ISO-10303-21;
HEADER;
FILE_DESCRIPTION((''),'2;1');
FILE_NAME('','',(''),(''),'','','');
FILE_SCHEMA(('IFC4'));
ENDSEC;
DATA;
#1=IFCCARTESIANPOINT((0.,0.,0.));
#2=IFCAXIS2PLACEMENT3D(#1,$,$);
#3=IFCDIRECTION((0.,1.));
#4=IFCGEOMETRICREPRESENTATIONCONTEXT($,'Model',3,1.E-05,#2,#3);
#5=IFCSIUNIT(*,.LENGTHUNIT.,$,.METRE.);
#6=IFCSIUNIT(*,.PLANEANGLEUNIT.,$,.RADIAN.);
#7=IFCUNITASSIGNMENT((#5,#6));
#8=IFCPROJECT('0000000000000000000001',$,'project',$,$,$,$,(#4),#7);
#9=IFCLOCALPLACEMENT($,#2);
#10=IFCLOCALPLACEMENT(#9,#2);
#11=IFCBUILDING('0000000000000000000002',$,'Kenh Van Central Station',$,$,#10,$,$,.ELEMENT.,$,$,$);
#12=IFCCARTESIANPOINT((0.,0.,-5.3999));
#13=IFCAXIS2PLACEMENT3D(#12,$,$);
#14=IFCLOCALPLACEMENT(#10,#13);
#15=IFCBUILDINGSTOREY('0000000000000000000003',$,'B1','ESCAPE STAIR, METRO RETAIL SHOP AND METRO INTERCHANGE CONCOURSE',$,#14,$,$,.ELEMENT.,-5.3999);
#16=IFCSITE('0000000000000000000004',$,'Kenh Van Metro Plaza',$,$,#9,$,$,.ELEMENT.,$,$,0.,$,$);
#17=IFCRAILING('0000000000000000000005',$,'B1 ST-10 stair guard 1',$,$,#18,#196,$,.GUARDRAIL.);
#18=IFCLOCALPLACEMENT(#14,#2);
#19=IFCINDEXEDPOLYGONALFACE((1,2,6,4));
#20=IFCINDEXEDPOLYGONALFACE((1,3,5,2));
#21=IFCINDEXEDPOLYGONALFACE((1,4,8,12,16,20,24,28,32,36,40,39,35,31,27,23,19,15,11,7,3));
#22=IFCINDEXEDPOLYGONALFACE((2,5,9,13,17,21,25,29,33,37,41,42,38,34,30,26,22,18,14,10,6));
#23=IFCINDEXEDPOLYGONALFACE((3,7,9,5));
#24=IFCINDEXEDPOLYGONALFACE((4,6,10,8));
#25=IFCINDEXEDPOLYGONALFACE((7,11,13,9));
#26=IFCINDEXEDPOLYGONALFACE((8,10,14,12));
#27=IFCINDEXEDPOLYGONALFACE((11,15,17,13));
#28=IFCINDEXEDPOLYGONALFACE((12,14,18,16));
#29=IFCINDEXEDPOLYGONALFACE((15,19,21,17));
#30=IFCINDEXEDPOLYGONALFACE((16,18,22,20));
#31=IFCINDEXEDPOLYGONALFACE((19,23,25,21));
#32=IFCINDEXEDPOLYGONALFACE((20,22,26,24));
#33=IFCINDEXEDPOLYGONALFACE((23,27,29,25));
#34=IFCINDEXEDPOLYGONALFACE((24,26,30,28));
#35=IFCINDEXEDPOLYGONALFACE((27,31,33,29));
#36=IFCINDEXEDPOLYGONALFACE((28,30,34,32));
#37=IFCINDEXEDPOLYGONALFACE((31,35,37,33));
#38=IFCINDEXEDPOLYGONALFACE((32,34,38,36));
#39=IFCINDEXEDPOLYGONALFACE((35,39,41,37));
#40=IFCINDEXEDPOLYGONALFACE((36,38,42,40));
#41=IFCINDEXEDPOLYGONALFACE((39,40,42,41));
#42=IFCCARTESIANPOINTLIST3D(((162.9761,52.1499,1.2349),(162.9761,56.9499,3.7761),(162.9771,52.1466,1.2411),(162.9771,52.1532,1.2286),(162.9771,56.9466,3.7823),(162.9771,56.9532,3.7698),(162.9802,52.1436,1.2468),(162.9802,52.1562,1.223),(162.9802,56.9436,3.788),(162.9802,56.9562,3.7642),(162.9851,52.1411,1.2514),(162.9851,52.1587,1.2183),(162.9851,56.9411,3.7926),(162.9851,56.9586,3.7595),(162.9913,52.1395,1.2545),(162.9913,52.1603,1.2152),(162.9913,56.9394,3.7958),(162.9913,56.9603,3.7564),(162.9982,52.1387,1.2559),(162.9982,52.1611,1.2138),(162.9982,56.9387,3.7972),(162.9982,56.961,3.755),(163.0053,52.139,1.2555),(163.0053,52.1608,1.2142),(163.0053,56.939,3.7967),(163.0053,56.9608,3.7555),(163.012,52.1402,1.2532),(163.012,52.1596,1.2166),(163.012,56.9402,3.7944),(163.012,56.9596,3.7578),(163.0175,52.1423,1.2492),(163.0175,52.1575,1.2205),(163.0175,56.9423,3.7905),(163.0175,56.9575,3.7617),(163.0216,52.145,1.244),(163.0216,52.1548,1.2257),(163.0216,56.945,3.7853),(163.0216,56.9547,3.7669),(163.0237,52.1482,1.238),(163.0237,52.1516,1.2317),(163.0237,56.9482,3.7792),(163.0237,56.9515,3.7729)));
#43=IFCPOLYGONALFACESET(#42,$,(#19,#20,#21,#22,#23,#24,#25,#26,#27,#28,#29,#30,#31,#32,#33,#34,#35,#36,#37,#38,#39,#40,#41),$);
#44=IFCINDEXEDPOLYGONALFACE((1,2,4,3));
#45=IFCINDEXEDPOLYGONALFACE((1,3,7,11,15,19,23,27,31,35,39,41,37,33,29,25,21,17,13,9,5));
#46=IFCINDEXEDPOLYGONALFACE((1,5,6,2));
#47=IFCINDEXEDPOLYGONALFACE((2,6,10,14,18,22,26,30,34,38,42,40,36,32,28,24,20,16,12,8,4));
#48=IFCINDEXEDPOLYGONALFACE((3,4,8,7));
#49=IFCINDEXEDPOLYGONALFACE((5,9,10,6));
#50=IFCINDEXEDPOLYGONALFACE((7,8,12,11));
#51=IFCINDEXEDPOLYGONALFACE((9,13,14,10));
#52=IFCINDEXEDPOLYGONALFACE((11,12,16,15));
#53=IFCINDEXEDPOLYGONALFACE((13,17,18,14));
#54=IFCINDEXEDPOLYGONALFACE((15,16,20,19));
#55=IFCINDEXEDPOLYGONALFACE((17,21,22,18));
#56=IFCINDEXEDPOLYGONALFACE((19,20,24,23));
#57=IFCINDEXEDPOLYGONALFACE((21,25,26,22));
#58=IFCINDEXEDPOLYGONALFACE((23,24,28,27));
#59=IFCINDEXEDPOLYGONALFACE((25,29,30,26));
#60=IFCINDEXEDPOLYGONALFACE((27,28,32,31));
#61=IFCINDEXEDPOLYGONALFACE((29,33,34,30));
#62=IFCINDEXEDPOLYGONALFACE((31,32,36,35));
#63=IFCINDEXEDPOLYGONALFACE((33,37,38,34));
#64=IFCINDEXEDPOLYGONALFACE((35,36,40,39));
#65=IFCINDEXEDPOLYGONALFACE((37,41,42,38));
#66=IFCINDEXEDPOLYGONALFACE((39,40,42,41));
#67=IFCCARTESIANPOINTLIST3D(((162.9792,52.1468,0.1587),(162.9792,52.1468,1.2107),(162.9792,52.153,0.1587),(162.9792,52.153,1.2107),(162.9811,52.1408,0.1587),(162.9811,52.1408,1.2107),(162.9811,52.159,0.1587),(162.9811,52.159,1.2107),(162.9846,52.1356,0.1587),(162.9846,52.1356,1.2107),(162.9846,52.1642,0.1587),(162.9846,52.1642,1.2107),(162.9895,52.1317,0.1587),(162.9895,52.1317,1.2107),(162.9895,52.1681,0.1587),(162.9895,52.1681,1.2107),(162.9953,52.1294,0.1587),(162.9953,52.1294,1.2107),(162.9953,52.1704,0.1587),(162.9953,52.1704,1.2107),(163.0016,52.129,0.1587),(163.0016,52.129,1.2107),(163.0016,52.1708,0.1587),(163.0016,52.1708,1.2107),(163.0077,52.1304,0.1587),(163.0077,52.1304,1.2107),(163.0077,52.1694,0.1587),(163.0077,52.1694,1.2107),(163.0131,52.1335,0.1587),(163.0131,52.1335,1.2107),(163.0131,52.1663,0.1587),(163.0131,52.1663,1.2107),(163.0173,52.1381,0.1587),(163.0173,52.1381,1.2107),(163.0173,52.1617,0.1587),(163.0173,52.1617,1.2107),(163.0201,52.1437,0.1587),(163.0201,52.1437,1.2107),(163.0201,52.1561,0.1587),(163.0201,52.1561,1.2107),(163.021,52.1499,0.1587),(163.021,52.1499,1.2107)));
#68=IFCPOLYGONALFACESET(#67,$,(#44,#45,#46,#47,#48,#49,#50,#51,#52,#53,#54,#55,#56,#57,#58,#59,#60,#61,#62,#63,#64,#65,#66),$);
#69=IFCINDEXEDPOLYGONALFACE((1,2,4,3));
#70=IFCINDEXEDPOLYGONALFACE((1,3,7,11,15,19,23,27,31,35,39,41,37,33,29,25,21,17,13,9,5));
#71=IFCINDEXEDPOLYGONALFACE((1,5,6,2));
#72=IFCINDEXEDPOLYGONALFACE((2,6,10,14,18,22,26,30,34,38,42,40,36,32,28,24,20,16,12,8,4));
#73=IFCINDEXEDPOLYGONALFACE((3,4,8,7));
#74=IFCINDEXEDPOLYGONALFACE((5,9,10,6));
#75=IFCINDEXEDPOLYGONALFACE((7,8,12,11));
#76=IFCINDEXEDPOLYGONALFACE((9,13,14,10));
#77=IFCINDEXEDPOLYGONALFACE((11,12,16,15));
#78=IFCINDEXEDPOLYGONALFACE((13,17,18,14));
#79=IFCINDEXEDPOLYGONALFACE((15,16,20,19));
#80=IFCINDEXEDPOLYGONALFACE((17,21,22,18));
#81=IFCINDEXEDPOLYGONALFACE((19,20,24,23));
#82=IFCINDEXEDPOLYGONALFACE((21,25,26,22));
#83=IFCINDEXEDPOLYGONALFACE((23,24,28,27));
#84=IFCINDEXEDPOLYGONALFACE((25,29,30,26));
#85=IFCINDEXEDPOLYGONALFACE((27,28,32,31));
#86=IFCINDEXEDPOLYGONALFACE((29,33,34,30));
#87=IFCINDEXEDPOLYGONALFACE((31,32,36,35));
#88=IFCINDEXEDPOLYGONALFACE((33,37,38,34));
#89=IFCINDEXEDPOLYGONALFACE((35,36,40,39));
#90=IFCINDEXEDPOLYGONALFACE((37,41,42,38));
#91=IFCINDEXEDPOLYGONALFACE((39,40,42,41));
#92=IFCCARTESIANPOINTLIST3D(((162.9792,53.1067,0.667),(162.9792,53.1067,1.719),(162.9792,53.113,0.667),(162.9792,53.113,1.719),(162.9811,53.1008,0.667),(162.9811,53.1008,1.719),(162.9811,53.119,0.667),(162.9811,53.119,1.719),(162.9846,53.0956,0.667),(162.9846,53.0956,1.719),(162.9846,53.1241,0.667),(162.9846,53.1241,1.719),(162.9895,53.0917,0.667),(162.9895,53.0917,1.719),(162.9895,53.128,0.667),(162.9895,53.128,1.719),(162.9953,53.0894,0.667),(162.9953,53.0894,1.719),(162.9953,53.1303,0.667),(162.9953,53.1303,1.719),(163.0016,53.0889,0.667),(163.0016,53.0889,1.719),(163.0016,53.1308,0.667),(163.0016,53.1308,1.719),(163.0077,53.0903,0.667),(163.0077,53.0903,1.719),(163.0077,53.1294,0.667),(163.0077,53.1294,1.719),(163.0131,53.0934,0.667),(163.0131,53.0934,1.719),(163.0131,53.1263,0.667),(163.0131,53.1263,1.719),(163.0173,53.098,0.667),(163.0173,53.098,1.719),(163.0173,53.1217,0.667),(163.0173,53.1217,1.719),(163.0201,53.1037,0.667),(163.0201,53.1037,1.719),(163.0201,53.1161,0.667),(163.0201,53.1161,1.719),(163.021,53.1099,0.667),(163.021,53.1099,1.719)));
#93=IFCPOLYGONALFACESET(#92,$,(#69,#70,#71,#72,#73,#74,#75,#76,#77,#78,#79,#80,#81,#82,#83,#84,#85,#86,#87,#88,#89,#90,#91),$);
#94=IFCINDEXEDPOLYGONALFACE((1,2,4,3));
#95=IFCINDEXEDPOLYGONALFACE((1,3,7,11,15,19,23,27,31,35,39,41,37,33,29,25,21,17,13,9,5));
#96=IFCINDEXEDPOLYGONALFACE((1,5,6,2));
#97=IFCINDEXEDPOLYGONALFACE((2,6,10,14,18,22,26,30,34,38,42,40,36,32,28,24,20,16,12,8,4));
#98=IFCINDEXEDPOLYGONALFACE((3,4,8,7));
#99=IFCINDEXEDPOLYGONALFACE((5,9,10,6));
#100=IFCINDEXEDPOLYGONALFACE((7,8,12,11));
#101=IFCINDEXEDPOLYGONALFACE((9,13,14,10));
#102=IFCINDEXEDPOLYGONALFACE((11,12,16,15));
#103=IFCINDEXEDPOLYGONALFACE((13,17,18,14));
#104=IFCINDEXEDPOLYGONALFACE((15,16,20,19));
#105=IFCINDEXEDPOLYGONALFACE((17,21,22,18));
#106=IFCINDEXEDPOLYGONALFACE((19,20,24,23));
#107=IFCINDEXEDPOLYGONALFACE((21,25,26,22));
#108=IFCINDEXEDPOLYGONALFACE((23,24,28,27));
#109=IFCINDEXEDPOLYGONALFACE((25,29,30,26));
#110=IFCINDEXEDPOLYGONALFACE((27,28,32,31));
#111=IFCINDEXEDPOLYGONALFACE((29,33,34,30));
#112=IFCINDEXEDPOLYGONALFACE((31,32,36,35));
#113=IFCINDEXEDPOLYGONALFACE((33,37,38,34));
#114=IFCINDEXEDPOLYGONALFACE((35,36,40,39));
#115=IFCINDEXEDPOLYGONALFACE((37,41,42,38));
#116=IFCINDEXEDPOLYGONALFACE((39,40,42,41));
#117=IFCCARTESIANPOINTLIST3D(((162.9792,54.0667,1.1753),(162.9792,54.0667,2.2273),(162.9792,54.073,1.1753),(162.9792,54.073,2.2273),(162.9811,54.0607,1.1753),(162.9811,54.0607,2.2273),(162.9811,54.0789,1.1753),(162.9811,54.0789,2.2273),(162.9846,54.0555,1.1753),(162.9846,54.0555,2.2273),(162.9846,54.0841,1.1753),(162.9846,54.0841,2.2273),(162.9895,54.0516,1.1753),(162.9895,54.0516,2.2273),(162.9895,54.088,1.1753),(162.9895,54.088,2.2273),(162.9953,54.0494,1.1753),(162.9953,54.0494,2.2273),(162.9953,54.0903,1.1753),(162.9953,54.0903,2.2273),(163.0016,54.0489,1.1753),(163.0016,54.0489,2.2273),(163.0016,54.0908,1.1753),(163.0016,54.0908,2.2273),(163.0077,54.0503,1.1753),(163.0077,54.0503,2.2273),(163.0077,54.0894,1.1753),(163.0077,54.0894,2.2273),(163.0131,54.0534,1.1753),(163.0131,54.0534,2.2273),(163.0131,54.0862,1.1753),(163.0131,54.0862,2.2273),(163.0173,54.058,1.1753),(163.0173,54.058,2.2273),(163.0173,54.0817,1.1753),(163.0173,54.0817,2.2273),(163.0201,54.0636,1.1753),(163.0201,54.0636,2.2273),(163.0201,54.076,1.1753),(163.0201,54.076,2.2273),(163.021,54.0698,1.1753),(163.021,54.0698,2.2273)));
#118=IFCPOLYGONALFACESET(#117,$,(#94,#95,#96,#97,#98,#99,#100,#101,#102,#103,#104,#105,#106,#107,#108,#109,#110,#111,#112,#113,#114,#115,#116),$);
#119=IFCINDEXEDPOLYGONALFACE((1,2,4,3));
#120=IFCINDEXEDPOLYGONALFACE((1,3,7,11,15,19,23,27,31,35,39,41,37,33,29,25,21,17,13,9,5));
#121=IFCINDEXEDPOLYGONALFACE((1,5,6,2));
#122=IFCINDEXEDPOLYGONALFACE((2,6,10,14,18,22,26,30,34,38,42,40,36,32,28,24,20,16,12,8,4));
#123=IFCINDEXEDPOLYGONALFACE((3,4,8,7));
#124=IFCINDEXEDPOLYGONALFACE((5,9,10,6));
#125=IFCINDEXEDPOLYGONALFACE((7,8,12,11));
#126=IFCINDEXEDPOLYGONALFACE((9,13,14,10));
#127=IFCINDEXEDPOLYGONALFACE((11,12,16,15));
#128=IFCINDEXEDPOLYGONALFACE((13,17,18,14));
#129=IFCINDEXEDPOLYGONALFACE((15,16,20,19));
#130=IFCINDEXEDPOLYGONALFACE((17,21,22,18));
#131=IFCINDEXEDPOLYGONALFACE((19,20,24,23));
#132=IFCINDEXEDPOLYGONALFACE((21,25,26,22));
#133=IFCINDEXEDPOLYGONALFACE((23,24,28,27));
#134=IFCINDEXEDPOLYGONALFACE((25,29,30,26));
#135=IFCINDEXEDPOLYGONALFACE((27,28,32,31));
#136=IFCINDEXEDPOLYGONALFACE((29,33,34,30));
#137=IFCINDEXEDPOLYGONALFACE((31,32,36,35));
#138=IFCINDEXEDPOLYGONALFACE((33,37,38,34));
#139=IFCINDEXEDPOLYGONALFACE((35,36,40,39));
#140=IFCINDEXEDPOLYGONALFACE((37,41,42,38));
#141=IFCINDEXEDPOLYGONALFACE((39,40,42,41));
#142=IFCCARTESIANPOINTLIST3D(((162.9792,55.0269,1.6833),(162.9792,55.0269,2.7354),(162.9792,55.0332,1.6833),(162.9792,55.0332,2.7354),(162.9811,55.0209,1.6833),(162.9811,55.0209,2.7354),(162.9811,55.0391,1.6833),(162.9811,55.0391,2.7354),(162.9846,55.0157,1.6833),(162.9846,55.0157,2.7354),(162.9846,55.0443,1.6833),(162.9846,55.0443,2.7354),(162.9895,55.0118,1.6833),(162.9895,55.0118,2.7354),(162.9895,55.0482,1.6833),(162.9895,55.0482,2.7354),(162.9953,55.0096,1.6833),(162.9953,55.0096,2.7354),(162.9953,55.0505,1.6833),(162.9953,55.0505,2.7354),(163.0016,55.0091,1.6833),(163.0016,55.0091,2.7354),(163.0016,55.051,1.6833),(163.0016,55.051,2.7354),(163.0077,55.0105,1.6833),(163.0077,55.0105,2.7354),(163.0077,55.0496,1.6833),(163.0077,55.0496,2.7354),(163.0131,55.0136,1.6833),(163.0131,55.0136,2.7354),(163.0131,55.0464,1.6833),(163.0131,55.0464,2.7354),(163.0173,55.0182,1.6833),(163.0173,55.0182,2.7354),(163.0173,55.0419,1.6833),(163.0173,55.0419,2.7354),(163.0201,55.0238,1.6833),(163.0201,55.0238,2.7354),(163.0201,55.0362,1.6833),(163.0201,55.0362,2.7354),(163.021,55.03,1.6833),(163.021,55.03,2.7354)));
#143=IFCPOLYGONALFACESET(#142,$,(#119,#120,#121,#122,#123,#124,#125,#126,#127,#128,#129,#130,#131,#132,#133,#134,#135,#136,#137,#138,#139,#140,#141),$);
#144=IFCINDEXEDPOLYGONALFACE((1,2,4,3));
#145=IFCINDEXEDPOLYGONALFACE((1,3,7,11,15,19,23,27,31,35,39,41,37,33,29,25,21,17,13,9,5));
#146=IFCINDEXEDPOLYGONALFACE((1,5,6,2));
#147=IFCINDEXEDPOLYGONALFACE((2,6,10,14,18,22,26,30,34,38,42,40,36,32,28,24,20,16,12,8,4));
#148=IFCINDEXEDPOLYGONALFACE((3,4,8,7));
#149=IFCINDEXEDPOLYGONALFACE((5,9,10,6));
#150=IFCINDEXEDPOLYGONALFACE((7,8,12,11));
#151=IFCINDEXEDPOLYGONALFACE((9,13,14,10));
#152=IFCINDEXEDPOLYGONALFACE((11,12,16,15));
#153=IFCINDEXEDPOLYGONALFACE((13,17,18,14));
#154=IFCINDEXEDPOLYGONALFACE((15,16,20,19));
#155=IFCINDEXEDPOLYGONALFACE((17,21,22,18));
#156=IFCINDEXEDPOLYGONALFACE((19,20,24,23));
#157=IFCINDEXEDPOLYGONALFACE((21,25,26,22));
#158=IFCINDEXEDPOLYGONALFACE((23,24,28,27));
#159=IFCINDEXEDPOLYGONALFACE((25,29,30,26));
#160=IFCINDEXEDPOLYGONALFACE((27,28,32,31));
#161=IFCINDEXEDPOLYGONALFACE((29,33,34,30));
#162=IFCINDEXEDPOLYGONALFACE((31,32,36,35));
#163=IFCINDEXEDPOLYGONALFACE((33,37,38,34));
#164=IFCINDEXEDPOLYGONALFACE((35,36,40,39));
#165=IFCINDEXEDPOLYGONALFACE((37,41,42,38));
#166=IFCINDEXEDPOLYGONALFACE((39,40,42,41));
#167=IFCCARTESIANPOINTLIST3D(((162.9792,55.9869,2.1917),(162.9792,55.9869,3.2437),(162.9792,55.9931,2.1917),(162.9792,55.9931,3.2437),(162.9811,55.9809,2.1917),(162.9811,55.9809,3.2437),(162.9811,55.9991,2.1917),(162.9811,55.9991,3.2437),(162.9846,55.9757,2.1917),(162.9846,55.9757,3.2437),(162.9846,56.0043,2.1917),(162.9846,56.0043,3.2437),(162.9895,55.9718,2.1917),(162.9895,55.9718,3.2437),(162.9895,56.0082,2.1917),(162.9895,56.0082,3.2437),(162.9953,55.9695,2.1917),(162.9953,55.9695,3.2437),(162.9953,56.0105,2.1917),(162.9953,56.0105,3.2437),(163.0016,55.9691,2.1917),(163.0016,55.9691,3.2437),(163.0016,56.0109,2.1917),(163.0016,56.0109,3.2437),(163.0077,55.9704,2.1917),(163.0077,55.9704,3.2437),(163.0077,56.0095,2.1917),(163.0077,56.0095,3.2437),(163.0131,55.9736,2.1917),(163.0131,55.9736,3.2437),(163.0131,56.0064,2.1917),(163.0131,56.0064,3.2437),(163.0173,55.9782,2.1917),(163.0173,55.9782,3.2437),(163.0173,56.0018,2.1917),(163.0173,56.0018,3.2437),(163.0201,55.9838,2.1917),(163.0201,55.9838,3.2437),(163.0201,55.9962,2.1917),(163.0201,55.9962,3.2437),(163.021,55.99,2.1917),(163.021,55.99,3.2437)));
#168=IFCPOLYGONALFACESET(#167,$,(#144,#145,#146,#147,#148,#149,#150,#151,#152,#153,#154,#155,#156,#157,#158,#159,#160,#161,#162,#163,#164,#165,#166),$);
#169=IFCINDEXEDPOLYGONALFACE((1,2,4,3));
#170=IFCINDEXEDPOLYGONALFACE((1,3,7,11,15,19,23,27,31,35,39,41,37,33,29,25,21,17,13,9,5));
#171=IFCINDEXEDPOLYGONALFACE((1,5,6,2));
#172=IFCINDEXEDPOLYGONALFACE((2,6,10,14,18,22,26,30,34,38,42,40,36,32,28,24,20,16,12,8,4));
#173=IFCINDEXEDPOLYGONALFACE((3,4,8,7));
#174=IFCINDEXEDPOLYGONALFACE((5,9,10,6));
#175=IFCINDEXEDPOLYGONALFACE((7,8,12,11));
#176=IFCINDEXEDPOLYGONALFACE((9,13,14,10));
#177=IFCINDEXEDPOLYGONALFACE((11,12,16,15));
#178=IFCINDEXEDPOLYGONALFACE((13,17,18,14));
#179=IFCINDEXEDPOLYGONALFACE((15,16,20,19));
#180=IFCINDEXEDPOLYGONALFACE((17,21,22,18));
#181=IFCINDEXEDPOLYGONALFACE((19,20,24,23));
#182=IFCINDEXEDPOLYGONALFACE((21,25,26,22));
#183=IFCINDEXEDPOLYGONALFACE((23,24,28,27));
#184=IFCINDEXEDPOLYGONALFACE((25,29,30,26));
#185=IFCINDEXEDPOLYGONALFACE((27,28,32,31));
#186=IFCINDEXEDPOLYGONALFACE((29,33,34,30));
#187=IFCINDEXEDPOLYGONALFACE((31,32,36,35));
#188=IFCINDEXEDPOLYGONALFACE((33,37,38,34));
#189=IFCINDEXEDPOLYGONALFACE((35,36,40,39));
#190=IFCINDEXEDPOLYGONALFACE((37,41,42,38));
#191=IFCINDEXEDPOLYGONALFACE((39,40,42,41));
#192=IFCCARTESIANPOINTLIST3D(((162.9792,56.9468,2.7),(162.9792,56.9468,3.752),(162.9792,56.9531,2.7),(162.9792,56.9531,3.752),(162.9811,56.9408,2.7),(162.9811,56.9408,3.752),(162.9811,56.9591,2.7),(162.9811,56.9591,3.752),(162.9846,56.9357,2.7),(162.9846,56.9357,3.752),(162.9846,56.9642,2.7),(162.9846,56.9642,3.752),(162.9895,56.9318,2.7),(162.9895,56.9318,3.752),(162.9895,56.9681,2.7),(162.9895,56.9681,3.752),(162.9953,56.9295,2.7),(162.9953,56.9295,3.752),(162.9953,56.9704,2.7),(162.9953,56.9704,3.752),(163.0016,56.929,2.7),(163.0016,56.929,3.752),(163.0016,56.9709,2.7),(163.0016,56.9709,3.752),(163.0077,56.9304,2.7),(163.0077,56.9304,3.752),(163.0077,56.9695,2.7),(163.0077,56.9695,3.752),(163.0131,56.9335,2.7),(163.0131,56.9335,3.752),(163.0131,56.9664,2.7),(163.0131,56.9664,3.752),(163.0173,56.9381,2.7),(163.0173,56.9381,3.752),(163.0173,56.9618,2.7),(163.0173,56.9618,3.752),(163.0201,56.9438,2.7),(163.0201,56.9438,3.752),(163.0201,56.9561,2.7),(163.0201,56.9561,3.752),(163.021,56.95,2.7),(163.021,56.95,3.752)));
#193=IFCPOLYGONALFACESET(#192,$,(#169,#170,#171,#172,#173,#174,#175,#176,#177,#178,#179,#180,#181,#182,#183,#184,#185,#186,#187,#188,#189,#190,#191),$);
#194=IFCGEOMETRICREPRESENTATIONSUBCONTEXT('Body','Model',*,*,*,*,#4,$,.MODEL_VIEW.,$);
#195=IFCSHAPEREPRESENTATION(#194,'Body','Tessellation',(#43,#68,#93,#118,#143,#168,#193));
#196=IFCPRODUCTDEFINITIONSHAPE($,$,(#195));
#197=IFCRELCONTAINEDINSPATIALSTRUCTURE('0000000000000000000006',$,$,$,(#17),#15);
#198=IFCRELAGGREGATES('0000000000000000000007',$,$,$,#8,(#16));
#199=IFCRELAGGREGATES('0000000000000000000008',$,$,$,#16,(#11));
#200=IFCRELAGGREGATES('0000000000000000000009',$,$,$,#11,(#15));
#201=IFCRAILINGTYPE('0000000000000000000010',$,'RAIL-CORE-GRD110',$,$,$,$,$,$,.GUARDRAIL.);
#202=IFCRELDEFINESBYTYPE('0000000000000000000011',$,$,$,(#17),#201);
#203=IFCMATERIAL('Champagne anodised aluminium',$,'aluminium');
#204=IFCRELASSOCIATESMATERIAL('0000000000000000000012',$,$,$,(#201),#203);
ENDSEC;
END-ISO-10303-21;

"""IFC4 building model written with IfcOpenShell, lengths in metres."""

from ifc_helpers import new_model, si_unit, direction, frame, origin, origin_2d, place, context, subcontext, project, spatial, circle, extrude, material, type_object, element, save


model = new_model("IFC4")

# Units and contexts
model_context = context("Model", 3, precision=1e-05, world=origin(), true_north=direction((0.0, 1.0)))
body_context = subcontext(model_context, "Body", "Model", "MODEL_VIEW")
ifc_project = project(units=[si_unit("LENGTHUNIT", "METRE"), si_unit("PLANEANGLEUNIT", "RADIAN")], contexts=[model_context])

# Site, building, storey
site_placement = place(None, origin())
site = spatial("IfcSite", under=ifc_project, at=site_placement, Name="Kenh Van Metro Plaza", CompositionType="ELEMENT", RefElevation=0.0)
building_placement = place(site_placement, origin())
building = spatial("IfcBuilding", under=site, at=building_placement, Name="Kenh Van Central Station", CompositionType="ELEMENT")
storey_placement = place(building_placement, frame((0.0, 0.0, -5.3999)))
storey = spatial("IfcBuildingStorey", under=building, at=storey_placement, Name="B1", Description="ESCAPE STAIR, METRO RETAIL SHOP AND METRO INTERCHANGE CONCOURSE", CompositionType="ELEMENT", Elevation=-5.3999)

# Shared definitions
ifc_material_1 = material(Name="Champagne anodised aluminium", Category="aluminium")

# Railing
railing_type_1 = type_object("IfcRailingType", Name="RAIL-CORE-GRD110", PredefinedType="GUARDRAIL", material=ifc_material_1)
railing_1_placement = place(storey_placement, frame((163.0, 52.1499, 0.1587)))
element("IfcRailing", 1, at=railing_1_placement, inside=storey, type_object=railing_type_1, Name="B1 ST-10 stair guard 1", PredefinedType="GUARDRAIL", context=body_context, shape_type="SweptSolid", body=[
    extrude(circle(Radius=0.0239, at=origin_2d()), frame((0.0, 0.0, 1.0762), z_axis=(0.0, 0.883784, 0.467896), x_axis=(-1.0, 0.0, 0.0)), (0.0, 0.0, 1.0), 5.4312),
    extrude(circle(Radius=0.021, at=origin_2d()), origin(), (0.0, 0.0, 1.0), 1.052),
    extrude(circle(Radius=0.021, at=origin_2d()), frame((0.0, 0.96, 0.5083)), (0.0, 0.0, 1.0), 1.052),
    extrude(circle(Radius=0.021, at=origin_2d()), frame((0.0, 1.9199, 1.0166)), (0.0, 0.0, 1.0), 1.052),
    extrude(circle(Radius=0.021, at=origin_2d()), frame((0.0, 2.8801, 1.5247)), (0.0, 0.0, 1.0), 1.052),
    extrude(circle(Radius=0.021, at=origin_2d()), frame((0.0, 3.8401, 2.033)), (0.0, 0.0, 1.0), 1.052),
    extrude(circle(Radius=0.021, at=origin_2d()), frame((0.0, 4.8, 2.5413)), (0.0, 0.0, 1.0), 1.052),
])

save(model, "model.ifc")
